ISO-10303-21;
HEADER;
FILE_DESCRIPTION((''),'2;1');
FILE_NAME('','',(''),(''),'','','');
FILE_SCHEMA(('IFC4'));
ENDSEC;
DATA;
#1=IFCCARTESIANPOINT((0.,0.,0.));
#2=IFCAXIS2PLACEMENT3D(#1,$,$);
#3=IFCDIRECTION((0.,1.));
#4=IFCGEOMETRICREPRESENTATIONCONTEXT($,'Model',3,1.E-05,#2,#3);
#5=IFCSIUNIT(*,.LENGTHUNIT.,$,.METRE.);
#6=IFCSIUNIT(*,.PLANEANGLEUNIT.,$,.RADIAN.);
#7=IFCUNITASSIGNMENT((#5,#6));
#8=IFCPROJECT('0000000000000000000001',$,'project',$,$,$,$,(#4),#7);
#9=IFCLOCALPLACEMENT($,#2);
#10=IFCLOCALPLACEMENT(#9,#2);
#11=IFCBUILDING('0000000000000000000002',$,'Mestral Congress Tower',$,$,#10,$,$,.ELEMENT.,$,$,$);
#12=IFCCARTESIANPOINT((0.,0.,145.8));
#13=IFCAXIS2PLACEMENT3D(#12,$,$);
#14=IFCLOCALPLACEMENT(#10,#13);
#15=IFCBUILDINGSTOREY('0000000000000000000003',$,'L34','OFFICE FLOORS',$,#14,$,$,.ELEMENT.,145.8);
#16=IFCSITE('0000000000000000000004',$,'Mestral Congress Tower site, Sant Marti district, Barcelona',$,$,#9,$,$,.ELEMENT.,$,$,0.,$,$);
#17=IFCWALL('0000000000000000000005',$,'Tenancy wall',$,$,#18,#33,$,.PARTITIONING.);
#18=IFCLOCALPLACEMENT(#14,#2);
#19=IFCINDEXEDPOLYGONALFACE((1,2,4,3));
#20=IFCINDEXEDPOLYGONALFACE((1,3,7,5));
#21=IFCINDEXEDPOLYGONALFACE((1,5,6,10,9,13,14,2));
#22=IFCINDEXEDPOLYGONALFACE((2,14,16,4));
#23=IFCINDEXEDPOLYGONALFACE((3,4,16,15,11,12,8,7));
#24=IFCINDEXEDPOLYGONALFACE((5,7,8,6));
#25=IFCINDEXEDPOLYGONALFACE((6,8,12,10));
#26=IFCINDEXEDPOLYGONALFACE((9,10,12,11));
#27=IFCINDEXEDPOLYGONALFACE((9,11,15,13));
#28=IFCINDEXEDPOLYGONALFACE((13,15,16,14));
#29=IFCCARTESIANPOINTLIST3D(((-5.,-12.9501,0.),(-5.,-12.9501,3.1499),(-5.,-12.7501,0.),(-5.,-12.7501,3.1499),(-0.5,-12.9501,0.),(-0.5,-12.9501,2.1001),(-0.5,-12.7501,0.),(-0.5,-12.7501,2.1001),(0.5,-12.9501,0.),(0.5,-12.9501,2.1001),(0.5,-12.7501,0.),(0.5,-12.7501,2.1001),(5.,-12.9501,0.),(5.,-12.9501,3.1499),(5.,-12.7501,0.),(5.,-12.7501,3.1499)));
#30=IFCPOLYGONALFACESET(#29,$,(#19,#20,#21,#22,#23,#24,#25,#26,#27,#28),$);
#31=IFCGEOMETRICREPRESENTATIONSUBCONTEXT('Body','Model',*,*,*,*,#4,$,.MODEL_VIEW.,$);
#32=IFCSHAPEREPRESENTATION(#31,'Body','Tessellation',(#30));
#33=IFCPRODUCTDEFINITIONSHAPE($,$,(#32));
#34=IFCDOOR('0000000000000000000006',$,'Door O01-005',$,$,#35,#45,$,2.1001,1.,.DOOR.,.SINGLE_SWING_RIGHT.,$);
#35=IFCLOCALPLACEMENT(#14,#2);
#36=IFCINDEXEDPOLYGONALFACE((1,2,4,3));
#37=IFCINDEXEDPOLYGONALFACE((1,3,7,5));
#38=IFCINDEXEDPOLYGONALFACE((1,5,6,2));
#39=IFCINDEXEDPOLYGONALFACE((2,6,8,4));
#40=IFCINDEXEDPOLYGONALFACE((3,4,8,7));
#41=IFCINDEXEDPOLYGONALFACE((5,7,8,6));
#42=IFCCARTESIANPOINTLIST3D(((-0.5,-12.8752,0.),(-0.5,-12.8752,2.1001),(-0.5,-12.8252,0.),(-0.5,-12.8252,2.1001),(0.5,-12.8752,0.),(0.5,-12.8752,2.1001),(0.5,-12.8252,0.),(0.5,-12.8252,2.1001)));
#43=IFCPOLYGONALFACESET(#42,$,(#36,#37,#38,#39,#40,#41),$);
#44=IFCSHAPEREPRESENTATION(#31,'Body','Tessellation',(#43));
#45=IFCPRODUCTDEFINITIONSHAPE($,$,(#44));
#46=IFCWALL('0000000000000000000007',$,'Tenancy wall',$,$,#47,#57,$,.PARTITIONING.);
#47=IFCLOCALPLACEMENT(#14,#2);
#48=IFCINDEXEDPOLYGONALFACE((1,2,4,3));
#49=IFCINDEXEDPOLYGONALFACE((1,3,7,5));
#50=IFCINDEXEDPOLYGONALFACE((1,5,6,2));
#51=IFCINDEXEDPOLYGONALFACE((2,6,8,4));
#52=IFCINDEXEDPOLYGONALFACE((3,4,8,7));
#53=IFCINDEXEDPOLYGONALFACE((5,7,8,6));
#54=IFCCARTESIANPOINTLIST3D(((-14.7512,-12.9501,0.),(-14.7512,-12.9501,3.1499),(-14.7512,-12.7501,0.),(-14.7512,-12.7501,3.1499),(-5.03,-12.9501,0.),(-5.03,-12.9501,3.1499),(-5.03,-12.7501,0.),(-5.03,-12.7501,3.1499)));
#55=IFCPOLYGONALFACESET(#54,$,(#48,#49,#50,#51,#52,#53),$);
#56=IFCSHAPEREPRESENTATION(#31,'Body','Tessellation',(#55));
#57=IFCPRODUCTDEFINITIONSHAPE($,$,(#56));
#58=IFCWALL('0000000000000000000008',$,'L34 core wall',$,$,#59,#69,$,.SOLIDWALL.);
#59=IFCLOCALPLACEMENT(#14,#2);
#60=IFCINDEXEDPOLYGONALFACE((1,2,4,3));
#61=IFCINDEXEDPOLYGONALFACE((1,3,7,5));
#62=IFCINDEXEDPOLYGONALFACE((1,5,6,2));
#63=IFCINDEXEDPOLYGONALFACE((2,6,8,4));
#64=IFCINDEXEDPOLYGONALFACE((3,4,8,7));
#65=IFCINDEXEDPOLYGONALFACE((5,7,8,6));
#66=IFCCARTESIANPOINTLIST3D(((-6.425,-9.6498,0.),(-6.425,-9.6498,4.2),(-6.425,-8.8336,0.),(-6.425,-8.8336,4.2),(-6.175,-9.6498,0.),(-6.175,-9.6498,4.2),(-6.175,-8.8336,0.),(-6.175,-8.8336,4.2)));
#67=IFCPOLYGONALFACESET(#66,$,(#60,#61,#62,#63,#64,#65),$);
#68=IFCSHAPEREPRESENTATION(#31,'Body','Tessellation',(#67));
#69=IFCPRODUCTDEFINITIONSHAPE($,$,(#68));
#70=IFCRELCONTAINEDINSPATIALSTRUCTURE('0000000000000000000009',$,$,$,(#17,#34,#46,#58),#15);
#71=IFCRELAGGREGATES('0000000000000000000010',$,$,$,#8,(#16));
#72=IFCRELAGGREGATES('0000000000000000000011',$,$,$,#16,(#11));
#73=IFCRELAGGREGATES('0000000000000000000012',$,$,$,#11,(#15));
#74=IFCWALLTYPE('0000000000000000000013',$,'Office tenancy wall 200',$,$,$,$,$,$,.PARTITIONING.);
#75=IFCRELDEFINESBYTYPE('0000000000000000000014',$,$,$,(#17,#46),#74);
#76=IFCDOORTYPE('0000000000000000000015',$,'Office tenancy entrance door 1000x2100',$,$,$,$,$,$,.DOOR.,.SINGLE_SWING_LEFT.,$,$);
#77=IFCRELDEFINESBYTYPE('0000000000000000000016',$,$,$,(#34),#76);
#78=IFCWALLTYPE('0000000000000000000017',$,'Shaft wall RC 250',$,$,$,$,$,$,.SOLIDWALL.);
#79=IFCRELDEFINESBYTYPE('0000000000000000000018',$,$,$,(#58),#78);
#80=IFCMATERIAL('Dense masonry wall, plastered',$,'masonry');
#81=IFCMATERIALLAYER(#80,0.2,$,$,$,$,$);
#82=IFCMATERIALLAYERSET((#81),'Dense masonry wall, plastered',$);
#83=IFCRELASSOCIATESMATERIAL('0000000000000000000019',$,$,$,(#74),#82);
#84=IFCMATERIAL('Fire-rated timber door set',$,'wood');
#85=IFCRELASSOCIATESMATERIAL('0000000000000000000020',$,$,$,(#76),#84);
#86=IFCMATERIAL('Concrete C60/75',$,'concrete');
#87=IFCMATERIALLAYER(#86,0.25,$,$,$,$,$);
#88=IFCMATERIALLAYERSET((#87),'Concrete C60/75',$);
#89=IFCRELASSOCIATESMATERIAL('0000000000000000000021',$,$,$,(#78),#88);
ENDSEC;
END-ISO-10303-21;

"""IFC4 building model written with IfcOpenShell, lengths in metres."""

from ifc_helpers import new_model, si_unit, direction, frame, frame_2d, origin, place, context, subcontext, project, spatial, rectangle, extrude, material, layer, layer_set, type_object, element, fill, save


model = new_model("IFC4")

# Units and contexts
model_context = context("Model", 3, precision=1e-05, world=origin(), true_north=direction((0.0, 1.0)))
body_context = subcontext(model_context, "Body", "Model", "MODEL_VIEW")
ifc_project = project(units=[si_unit("LENGTHUNIT", "METRE"), si_unit("PLANEANGLEUNIT", "RADIAN")], contexts=[model_context])

# Site, building, storey
site_placement = place(None, origin())
site = spatial("IfcSite", under=ifc_project, at=site_placement, Name="Mestral Congress Tower site, Sant Marti district, Barcelona", CompositionType="ELEMENT", RefElevation=0.0)
building_placement = place(site_placement, origin())
building = spatial("IfcBuilding", under=site, at=building_placement, Name="Mestral Congress Tower", CompositionType="ELEMENT")
storey_placement = place(building_placement, frame((0.0, 0.0, 145.8)))
storey = spatial("IfcBuildingStorey", under=building, at=storey_placement, Name="L34", Description="OFFICE FLOORS", CompositionType="ELEMENT", Elevation=145.8)

# Shared definitions
ifc_material_1 = material(Name="Concrete C60/75", Category="concrete")

# Wall, opening, door
ifc_material_2 = material(Name="Dense masonry wall, plastered", Category="masonry")
ifc_layer_1 = layer(ifc_material_2, 0.2)
ifc_layer_set_1 = layer_set([ifc_layer_1], Name="Dense masonry wall, plastered")
wall_type_1 = type_object("IfcWallType", Name="Office tenancy wall 200", PredefinedType="PARTITIONING", material=ifc_layer_set_1)
wall_1_placement = place(storey_placement, frame((-5.0, -12.8501, 0.0), z_axis=(0.0, 0.0, 1.0), x_axis=(1.0, 0.0, 0.0)))
wall_1 = element("IfcWall", 1, at=wall_1_placement, inside=storey, type_object=wall_type_1, Name="Tenancy wall", PredefinedType="PARTITIONING", context=body_context, shape_type="SweptSolid", body=[
    extrude(rectangle(XDim=10.0, YDim=0.2, at=frame_2d((5.0, 0.0))), origin(), (0.0, 0.0, 1.0), 3.1499),
])
opening_1_placement = place(wall_1_placement, frame((4.5, 0.0, 0.0)))
opening_1 = element("IfcOpeningElement", 2, at=opening_1_placement, cuts=wall_1, PredefinedType="OPENING", context=body_context, shape_type="SweptSolid", body=[
    extrude(rectangle(XDim=1.0, YDim=2.1001, at=frame_2d((0.5, 1.05))), frame((0.0, 0.1099, 0.0), z_axis=(0.0, -1.0, 0.0), x_axis=(1.0, 0.0, 0.0)), (0.0, 0.0, 1.0), 0.22),
])
ifc_material_3 = material(Name="Fire-rated timber door set", Category="wood")
door_type_1 = type_object("IfcDoorType", Name="Office tenancy entrance door 1000x2100", OperationType="SINGLE_SWING_LEFT", PredefinedType="DOOR", material=ifc_material_3)
door_1_placement = place(opening_1_placement, origin())
door_1 = element("IfcDoor", 3, at=door_1_placement, inside=storey, type_object=door_type_1, Name="Door O01-005", OperationType="SINGLE_SWING_RIGHT", OverallHeight=2.1001, OverallWidth=1.0, PredefinedType="DOOR", context=body_context, shape_type="SweptSolid", body=[
    extrude(rectangle(XDim=1.0, YDim=2.1001, at=frame_2d((0.5, 1.05))), frame((0.0, 0.0249, 0.0), z_axis=(0.0, -1.0, 0.0), x_axis=(1.0, 0.0, 0.0)), (0.0, 0.0, 1.0), 0.05),
])
fill(opening_1, door_1)

# Walls
wall_2_placement = place(storey_placement, frame((-14.7512, -12.8501, 0.0), z_axis=(0.0, 0.0, 1.0), x_axis=(1.0, 0.0, 0.0)))
element("IfcWall", 4, at=wall_2_placement, inside=storey, type_object=wall_type_1, Name="Tenancy wall", PredefinedType="PARTITIONING", context=body_context, shape_type="SweptSolid", body=[
    extrude(rectangle(XDim=9.7212, YDim=0.2, at=frame_2d((4.8606, 0.0))), origin(), (0.0, 0.0, 1.0), 3.1499),
])
ifc_layer_2 = layer(ifc_material_1, 0.25)
ifc_layer_set_2 = layer_set([ifc_layer_2], Name="Concrete C60/75")
wall_type_2 = type_object("IfcWallType", Name="Shaft wall RC 250", PredefinedType="SOLIDWALL", material=ifc_layer_set_2)
wall_3_placement = place(storey_placement, frame((-6.3, -9.6499, 0.0), z_axis=(0.0, 0.0, 1.0), x_axis=(0.0, 1.0, 0.0)))
element("IfcWall", 5, at=wall_3_placement, inside=storey, type_object=wall_type_2, Name="L34 core wall", PredefinedType="SOLIDWALL", context=body_context, shape_type="SweptSolid", body=[
    extrude(rectangle(XDim=0.8162, YDim=0.25, at=frame_2d((0.4082, 0.0))), origin(), (0.0, 0.0, 1.0), 4.2),
])

save(model, "model.ifc")
